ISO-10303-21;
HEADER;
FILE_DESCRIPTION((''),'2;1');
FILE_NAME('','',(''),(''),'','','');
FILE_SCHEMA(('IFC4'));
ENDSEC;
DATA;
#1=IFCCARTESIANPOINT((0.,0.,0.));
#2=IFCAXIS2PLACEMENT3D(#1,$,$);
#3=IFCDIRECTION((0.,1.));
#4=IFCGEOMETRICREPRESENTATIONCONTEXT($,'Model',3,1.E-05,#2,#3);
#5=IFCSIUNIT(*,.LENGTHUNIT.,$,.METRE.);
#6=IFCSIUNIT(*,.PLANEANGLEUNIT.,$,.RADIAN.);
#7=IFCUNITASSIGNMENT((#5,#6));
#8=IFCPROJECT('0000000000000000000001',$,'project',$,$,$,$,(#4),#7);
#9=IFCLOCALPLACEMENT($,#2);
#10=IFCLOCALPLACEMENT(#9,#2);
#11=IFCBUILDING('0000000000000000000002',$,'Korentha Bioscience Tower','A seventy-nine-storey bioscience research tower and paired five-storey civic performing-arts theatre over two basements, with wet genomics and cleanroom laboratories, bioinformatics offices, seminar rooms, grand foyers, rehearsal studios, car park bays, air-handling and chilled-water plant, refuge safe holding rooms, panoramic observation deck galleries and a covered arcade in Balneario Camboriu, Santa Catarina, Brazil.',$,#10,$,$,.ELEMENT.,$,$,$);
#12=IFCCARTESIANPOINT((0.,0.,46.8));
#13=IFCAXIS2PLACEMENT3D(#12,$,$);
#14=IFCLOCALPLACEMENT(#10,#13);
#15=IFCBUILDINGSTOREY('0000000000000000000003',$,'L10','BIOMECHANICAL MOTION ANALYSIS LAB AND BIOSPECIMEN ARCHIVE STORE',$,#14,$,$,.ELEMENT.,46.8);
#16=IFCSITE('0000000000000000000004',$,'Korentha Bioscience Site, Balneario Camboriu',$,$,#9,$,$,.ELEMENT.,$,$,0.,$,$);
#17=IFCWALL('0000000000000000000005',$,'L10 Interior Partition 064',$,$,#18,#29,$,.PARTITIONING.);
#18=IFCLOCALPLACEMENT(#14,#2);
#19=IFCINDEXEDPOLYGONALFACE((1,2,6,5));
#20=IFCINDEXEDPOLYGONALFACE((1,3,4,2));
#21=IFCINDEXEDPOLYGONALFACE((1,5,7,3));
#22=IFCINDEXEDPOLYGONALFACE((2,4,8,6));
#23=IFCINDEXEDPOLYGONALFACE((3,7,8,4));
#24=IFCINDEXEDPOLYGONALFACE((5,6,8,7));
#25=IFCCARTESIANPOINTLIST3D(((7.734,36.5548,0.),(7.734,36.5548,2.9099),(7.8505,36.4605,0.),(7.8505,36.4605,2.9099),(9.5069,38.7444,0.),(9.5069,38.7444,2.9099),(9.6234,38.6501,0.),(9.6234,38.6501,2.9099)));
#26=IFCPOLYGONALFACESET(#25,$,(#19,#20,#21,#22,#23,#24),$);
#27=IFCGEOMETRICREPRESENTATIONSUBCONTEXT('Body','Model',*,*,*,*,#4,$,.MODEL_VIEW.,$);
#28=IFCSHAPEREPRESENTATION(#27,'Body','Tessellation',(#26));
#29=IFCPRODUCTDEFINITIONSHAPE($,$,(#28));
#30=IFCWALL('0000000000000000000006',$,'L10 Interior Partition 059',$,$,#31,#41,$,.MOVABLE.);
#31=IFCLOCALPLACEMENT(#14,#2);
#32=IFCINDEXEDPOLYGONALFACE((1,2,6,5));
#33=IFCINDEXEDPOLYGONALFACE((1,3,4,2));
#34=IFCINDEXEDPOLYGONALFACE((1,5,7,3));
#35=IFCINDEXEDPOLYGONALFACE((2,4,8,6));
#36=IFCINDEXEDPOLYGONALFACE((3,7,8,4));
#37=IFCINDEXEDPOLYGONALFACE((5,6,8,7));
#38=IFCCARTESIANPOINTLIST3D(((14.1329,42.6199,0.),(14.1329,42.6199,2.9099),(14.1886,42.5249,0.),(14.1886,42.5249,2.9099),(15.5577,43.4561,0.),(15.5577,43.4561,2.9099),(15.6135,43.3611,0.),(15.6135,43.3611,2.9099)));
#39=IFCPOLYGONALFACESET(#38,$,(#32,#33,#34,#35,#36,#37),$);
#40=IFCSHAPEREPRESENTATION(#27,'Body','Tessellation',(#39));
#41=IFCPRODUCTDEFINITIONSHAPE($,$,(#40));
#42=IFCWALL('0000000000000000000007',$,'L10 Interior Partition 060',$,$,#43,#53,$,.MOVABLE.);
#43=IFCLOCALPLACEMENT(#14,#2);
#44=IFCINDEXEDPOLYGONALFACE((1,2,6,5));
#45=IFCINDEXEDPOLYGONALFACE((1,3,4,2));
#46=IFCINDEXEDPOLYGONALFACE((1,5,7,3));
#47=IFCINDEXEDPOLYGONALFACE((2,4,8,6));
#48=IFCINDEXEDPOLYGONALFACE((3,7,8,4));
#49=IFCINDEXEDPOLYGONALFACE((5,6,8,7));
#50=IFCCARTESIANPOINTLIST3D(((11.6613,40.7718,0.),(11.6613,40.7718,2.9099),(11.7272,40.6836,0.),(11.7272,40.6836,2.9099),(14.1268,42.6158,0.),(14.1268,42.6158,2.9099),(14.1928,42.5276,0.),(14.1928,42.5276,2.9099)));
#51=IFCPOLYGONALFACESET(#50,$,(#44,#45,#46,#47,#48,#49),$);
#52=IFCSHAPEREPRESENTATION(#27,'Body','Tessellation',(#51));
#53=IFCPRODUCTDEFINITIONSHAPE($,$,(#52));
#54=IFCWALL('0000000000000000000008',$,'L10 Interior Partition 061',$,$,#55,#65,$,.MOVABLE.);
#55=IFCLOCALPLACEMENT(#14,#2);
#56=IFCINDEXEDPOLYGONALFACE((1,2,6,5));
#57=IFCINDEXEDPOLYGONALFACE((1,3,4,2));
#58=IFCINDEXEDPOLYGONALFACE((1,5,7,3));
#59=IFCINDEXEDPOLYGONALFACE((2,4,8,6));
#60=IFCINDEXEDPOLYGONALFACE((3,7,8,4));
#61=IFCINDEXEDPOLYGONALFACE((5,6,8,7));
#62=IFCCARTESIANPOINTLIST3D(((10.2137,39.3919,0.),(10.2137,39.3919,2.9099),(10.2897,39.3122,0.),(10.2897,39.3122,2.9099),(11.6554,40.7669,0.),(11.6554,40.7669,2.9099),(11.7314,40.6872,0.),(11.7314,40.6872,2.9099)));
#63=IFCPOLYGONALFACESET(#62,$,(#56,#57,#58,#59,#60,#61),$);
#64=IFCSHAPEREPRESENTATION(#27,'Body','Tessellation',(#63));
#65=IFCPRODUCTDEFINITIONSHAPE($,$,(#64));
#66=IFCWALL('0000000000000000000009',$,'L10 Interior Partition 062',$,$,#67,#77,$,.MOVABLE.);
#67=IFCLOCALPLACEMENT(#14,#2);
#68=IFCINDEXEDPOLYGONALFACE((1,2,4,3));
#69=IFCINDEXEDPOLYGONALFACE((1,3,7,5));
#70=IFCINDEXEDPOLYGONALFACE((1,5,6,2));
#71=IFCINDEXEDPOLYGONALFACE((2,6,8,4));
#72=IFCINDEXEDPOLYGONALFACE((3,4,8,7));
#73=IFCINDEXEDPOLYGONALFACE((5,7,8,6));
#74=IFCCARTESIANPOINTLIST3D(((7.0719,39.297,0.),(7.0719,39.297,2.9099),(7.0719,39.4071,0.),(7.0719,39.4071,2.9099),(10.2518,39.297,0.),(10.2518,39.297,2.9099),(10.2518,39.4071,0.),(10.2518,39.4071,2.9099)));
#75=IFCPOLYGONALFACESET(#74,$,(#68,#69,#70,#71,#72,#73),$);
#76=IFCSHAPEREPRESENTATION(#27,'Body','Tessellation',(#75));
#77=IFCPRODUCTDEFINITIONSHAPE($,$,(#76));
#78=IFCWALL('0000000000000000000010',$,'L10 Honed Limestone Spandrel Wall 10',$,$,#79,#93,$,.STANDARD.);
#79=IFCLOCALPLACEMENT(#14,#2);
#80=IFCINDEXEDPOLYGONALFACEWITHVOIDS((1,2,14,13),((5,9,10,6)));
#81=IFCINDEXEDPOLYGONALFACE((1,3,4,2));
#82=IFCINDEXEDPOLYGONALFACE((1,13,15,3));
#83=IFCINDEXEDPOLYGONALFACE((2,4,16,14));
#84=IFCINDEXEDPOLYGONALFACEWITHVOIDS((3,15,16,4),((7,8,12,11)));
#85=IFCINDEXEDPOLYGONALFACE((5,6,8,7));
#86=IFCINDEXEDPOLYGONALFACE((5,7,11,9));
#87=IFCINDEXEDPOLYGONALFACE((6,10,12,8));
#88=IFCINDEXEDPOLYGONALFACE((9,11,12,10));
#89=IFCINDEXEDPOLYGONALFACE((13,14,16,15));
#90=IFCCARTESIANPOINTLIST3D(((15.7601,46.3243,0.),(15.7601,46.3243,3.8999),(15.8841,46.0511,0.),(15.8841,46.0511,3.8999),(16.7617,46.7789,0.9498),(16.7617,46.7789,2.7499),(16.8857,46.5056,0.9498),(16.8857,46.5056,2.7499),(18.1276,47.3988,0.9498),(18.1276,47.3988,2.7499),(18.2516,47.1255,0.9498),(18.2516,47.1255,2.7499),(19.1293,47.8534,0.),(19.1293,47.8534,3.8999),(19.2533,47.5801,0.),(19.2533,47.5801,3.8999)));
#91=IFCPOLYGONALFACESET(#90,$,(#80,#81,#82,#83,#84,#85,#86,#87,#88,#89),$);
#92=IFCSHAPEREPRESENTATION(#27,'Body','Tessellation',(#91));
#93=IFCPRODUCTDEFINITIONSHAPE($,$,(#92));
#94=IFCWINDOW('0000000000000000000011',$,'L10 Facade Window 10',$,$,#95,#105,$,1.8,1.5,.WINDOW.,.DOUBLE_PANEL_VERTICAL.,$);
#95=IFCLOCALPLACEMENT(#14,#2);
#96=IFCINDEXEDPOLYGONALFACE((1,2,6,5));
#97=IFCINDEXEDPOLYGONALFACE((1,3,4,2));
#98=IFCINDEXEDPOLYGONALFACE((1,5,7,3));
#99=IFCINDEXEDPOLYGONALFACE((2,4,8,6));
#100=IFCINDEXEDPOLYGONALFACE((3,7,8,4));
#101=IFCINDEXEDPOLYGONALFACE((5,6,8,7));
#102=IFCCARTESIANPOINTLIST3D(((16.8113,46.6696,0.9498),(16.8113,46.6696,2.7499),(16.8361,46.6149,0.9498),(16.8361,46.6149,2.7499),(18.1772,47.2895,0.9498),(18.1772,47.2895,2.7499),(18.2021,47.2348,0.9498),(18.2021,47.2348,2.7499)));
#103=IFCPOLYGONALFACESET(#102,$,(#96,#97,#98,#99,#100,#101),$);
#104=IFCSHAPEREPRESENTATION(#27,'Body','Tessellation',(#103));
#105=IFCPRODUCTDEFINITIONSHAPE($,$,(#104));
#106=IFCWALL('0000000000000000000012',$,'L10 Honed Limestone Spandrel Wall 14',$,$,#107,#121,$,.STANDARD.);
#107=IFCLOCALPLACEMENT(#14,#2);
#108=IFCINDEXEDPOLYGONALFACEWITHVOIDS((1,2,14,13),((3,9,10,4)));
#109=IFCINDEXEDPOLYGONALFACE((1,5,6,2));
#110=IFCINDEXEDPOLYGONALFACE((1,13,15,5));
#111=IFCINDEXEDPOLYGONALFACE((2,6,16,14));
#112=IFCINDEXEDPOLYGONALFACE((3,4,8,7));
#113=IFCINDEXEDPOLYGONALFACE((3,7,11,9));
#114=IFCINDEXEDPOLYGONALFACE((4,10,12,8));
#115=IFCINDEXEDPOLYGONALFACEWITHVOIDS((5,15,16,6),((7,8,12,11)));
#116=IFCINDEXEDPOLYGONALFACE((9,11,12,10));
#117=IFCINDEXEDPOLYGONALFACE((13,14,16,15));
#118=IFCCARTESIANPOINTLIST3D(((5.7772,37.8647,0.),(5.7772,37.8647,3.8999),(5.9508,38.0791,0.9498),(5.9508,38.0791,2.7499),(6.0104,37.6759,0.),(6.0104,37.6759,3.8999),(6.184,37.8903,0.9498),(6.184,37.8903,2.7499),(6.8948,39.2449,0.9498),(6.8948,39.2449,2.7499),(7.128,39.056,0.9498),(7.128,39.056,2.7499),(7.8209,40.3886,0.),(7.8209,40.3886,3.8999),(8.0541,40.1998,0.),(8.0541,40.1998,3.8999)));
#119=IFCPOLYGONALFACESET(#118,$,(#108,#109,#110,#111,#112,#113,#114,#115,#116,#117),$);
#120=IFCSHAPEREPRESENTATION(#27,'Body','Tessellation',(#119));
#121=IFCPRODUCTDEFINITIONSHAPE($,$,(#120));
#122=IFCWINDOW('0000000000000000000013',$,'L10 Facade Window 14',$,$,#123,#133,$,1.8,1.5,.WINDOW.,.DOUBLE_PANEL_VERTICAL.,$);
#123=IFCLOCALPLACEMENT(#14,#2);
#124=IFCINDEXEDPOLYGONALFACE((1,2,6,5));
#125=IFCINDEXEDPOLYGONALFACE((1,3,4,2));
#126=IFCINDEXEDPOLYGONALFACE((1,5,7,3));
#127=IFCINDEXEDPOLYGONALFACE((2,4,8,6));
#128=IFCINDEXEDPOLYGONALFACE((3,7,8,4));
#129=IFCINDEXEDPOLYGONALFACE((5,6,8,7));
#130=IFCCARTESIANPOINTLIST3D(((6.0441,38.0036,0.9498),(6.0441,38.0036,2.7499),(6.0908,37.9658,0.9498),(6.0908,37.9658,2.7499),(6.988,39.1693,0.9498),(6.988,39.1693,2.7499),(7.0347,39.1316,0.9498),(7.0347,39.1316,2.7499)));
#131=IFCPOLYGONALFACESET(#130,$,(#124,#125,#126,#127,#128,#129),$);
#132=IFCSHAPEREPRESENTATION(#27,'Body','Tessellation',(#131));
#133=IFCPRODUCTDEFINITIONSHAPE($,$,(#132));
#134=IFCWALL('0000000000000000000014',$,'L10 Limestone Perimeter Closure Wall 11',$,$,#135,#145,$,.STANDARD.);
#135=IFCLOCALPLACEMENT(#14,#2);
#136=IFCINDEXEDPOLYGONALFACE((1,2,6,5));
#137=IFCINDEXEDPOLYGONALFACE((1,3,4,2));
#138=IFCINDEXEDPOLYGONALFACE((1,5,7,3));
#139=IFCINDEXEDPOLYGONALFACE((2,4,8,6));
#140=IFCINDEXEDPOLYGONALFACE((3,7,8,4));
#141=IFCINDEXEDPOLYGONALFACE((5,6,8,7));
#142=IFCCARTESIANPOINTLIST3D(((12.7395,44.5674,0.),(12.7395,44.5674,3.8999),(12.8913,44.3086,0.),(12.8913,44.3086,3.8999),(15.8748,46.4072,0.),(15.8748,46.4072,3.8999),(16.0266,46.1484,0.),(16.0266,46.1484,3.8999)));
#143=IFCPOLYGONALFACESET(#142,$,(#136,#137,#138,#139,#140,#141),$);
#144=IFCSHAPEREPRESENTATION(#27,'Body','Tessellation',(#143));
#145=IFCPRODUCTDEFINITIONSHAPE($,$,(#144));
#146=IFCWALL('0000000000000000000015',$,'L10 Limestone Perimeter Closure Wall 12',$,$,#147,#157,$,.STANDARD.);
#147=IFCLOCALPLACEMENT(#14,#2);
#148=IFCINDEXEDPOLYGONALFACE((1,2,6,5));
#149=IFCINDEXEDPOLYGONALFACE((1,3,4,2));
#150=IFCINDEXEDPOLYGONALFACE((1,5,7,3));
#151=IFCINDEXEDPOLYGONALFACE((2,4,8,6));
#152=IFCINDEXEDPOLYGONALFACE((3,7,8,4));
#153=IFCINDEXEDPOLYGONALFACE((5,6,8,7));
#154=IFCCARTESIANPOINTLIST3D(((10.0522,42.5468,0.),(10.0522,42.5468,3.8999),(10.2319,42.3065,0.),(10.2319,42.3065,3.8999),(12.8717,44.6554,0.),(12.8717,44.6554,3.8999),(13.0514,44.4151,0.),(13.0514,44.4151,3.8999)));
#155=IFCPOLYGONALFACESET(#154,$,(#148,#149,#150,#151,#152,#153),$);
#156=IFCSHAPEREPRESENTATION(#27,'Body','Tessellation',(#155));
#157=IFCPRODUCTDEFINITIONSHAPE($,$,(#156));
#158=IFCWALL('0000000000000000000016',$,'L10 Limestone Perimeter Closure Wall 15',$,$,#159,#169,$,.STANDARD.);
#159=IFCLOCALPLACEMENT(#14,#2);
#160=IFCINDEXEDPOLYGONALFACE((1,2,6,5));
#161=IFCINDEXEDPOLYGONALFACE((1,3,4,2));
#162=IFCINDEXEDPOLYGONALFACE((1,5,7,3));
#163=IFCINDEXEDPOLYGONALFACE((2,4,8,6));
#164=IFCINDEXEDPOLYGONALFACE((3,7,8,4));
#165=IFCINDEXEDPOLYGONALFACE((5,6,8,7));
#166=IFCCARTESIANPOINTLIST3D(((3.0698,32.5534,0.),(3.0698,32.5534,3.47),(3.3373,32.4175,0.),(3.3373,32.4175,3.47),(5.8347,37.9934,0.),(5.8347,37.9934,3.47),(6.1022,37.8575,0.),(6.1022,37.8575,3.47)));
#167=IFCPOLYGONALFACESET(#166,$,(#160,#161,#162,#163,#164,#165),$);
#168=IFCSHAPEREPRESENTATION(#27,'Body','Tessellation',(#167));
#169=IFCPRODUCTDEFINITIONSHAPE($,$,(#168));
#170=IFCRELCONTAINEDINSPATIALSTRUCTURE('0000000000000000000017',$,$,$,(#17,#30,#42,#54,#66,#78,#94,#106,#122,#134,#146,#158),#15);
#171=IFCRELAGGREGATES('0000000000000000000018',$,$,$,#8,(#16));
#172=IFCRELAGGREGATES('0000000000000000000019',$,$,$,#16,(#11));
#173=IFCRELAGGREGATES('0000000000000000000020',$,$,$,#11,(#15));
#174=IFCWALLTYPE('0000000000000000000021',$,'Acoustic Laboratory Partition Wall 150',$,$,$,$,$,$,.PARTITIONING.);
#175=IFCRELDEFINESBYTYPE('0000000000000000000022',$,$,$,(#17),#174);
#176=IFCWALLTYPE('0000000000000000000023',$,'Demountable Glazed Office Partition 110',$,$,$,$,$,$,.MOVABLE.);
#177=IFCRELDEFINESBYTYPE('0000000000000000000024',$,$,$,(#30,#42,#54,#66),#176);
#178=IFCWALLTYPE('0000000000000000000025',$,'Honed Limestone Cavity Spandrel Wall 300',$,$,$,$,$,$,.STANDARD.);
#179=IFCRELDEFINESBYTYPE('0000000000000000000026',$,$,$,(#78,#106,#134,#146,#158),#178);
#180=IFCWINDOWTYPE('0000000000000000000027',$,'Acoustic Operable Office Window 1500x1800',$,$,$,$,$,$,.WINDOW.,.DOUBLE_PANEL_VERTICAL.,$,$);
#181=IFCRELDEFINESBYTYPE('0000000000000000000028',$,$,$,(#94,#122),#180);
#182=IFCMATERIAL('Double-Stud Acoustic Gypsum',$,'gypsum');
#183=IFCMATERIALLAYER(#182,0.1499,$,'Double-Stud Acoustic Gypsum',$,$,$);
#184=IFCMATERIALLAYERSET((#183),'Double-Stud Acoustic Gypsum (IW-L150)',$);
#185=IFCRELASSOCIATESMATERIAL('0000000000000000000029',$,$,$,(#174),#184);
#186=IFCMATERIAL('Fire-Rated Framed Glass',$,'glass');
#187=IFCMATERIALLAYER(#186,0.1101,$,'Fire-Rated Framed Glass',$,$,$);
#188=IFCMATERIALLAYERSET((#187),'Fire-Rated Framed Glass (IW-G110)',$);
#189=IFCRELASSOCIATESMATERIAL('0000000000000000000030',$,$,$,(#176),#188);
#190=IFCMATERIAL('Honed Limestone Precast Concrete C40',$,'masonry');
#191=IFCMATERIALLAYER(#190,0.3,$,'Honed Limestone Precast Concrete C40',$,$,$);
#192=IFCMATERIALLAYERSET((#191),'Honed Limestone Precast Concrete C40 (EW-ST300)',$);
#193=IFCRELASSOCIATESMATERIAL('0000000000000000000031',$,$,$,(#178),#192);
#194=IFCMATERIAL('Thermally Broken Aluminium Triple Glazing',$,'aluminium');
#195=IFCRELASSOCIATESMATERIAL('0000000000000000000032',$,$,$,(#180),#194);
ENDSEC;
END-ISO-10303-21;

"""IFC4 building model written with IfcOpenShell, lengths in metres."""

from ifc_helpers import new_model, si_unit, direction, frame, frame_2d, origin, place, context, subcontext, project, spatial, rectangle, extrude, material, layer, layer_set, type_object, element, fill, save


model = new_model("IFC4")

# Units and contexts
model_context = context("Model", 3, precision=1e-05, world=origin(), true_north=direction((0.0, 1.0)))
body_context = subcontext(model_context, "Body", "Model", "MODEL_VIEW")
ifc_project = project(units=[si_unit("LENGTHUNIT", "METRE"), si_unit("PLANEANGLEUNIT", "RADIAN")], contexts=[model_context])

# Site, building, storey
site_placement = place(None, origin())
site = spatial("IfcSite", under=ifc_project, at=site_placement, Name="Korentha Bioscience Site, Balneario Camboriu", CompositionType="ELEMENT", RefElevation=0.0)
building_placement = place(site_placement, origin())
building = spatial("IfcBuilding", under=site, at=building_placement, Name="Korentha Bioscience Tower", Description="A seventy-nine-storey bioscience research tower and paired five-storey civic performing-arts theatre over two basements, with wet genomics and cleanroom laboratories, bioinformatics offices, seminar rooms, grand foyers, rehearsal studios, car park bays, air-handling and chilled-water plant, refuge safe holding rooms, panoramic observation deck galleries and a covered arcade in Balneario Camboriu, Santa Catarina, Brazil.", CompositionType="ELEMENT")
storey_placement = place(building_placement, frame((0.0, 0.0, 46.8)))
storey = spatial("IfcBuildingStorey", under=building, at=storey_placement, Name="L10", Description="BIOMECHANICAL MOTION ANALYSIS LAB AND BIOSPECIMEN ARCHIVE STORE", CompositionType="ELEMENT", Elevation=46.8)

# Shared definitions
ifc_material_1 = material(Name="Double-Stud Acoustic Gypsum", Category="gypsum")
ifc_layer_1 = layer(ifc_material_1, 0.1499, Name="Double-Stud Acoustic Gypsum")
ifc_layer_set_1 = layer_set([ifc_layer_1], Name="Double-Stud Acoustic Gypsum (IW-L150)")
wall_type_1 = type_object("IfcWallType", Name="Acoustic Laboratory Partition Wall 150", PredefinedType="PARTITIONING", material=ifc_layer_set_1)

# Walls
wall_1_placement = place(storey_placement, frame((9.5652, 38.6973, 0.0), z_axis=(0.0, 0.0, 1.0), x_axis=(-0.629271, -0.777186, 0.0)))
element("IfcWall", 1, at=wall_1_placement, inside=storey, type_object=wall_type_1, Name="L10 Interior Partition 064", PredefinedType="PARTITIONING", context=body_context, shape_type="SweptSolid", body=[
    extrude(rectangle(XDim=2.8174, YDim=0.1499, at=frame_2d((1.4087, 0.0))), origin(), (0.0, 0.0, 1.0), 2.9099),
])
ifc_material_2 = material(Name="Fire-Rated Framed Glass", Category="glass")
ifc_layer_2 = layer(ifc_material_2, 0.1101, Name="Fire-Rated Framed Glass")
ifc_layer_set_2 = layer_set([ifc_layer_2], Name="Fire-Rated Framed Glass (IW-G110)")
wall_type_2 = type_object("IfcWallType", Name="Demountable Glazed Office Partition 110", PredefinedType="MOVABLE", material=ifc_layer_set_2)
wall_2_placement = place(storey_placement, frame((15.5857, 43.4087, 0.0), z_axis=(0.0, 0.0, 1.0), x_axis=(-0.862447, -0.506148, 0.0)))
element("IfcWall", 2, at=wall_2_placement, inside=storey, type_object=wall_type_2, Name="L10 Interior Partition 059", PredefinedType="MOVABLE", context=body_context, shape_type="SweptSolid", body=[
    extrude(rectangle(XDim=1.6521, YDim=0.1101, at=frame_2d((0.8262, 0.0))), origin(), (0.0, 0.0, 1.0), 2.9099),
])
wall_3_placement = place(storey_placement, frame((14.1599, 42.5718, 0.0), z_axis=(0.0, 0.0, 1.0), x_axis=(-0.800808, -0.598921, 0.0)))
element("IfcWall", 3, at=wall_3_placement, inside=storey, type_object=wall_type_2, Name="L10 Interior Partition 060", PredefinedType="MOVABLE", context=body_context, shape_type="SweptSolid", body=[
    extrude(rectangle(XDim=3.0789, YDim=0.1101, at=frame_2d((1.5396, 0.0))), origin(), (0.0, 0.0, 1.0), 2.9099),
])
wall_4_placement = place(storey_placement, frame((11.6934, 40.7271, 0.0), z_axis=(0.0, 0.0, 1.0), x_axis=(-0.723636, -0.690181, 0.0)))
element("IfcWall", 4, at=wall_4_placement, inside=storey, type_object=wall_type_2, Name="L10 Interior Partition 061", PredefinedType="MOVABLE", context=body_context, shape_type="SweptSolid", body=[
    extrude(rectangle(XDim=1.9922, YDim=0.1101, at=frame_2d((0.9961, 0.0))), origin(), (0.0, 0.0, 1.0), 2.9099),
])
wall_5_placement = place(storey_placement, frame((10.2517, 39.3521, 0.0), z_axis=(0.0, 0.0, 1.0), x_axis=(-1.0, 0.0, 0.0)))
element("IfcWall", 5, at=wall_5_placement, inside=storey, type_object=wall_type_2, Name="L10 Interior Partition 062", PredefinedType="MOVABLE", context=body_context, shape_type="SweptSolid", body=[
    extrude(rectangle(XDim=3.1799, YDim=0.1101, at=frame_2d((1.5898, 0.0))), origin(), (0.0, 0.0, 1.0), 2.9099),
])

# Wall, opening, window
ifc_material_3 = material(Name="Honed Limestone Precast Concrete C40", Category="masonry")
ifc_layer_3 = layer(ifc_material_3, 0.3, Name="Honed Limestone Precast Concrete C40")
ifc_layer_set_3 = layer_set([ifc_layer_3], Name="Honed Limestone Precast Concrete C40 (EW-ST300)")
wall_type_3 = type_object("IfcWallType", Name="Honed Limestone Cavity Spandrel Wall 300", PredefinedType="STANDARD", material=ifc_layer_set_3)
wall_6_placement = place(storey_placement, frame((19.1914, 47.7168, 0.0), z_axis=(0.0, 0.0, 1.0), x_axis=(-0.910608, -0.413271, 0.0)))
wall_6 = element("IfcWall", 6, at=wall_6_placement, inside=storey, type_object=wall_type_3, Name="L10 Honed Limestone Spandrel Wall 10", PredefinedType="STANDARD", context=body_context, shape_type="SweptSolid", body=[
    extrude(rectangle(XDim=3.7, YDim=0.3, at=frame_2d((1.8501, 0.0))), origin(), (0.0, 0.0, 1.0), 3.8999),
])
opening_1_placement = place(wall_6_placement, frame((1.1001, 0.0, 0.95)))
opening_1 = element("IfcOpeningElement", 7, at=opening_1_placement, cuts=wall_6, PredefinedType="OPENING", context=body_context, shape_type="SweptSolid", body=[
    extrude(rectangle(XDim=1.5, YDim=1.8, at=frame_2d((0.75, 0.8999))), frame((0.0, 0.165, 0.0), z_axis=(0.0, -1.0, 0.0), x_axis=(1.0, 0.0, 0.0)), (0.0, 0.0, 1.0), 0.3298),
])
ifc_material_4 = material(Name="Thermally Broken Aluminium Triple Glazing", Category="aluminium")
window_type = type_object("IfcWindowType", Name="Acoustic Operable Office Window 1500x1800", PartitioningType="DOUBLE_PANEL_VERTICAL", PredefinedType="WINDOW", material=ifc_material_4)
window_1_placement = place(opening_1_placement, origin())
window_1 = element("IfcWindow", 8, at=window_1_placement, inside=storey, type_object=window_type, Name="L10 Facade Window 10", OverallHeight=1.8, OverallWidth=1.5, PartitioningType="DOUBLE_PANEL_VERTICAL", PredefinedType="WINDOW", context=body_context, shape_type="SweptSolid", body=[
    extrude(rectangle(XDim=1.5, YDim=1.8, at=frame_2d((0.75, 0.8999))), frame((0.0, 0.03, 0.0), z_axis=(0.0, -1.0, 0.0), x_axis=(1.0, 0.0, 0.0)), (0.0, 0.0, 1.0), 0.0601),
])
fill(opening_1, window_1)

# Wall, opening, window
wall_7_placement = place(storey_placement, frame((7.9375, 40.2942, 0.0), z_axis=(0.0, 0.0, 1.0), x_axis=(-0.629296, -0.777166, 0.0)))
wall_7 = element("IfcWall", 9, at=wall_7_placement, inside=storey, type_object=wall_type_3, Name="L10 Honed Limestone Spandrel Wall 14", PredefinedType="STANDARD", context=body_context, shape_type="SweptSolid", body=[
    extrude(rectangle(XDim=3.2476, YDim=0.3, at=frame_2d((1.6238, 0.0))), origin(), (0.0, 0.0, 1.0), 3.8999),
])
opening_2_placement = place(wall_7_placement, frame((1.4717, 0.0, 0.95)))
opening_2 = element("IfcOpeningElement", 10, at=opening_2_placement, cuts=wall_7, PredefinedType="OPENING", context=body_context, shape_type="SweptSolid", body=[
    extrude(rectangle(XDim=1.5, YDim=1.8, at=frame_2d((0.75, 0.8999))), frame((0.0, 0.165, 0.0), z_axis=(0.0, -1.0, 0.0), x_axis=(1.0, 0.0, 0.0)), (0.0, 0.0, 1.0), 0.3298),
])
window_2_placement = place(opening_2_placement, origin())
window_2 = element("IfcWindow", 11, at=window_2_placement, inside=storey, type_object=window_type, Name="L10 Facade Window 14", OverallHeight=1.8, OverallWidth=1.5, PartitioningType="DOUBLE_PANEL_VERTICAL", PredefinedType="WINDOW", context=body_context, shape_type="SweptSolid", body=[
    extrude(rectangle(XDim=1.5, YDim=1.8, at=frame_2d((0.75, 0.8999))), frame((0.0, 0.03, 0.0), z_axis=(0.0, -1.0, 0.0), x_axis=(1.0, 0.0, 0.0)), (0.0, 0.0, 1.0), 0.0601),
])
fill(opening_2, window_2)

# Walls
wall_8_placement = place(storey_placement, frame((15.9507, 46.2778, 0.0), z_axis=(0.0, 0.0, 1.0), x_axis=(-0.862465, -0.506116, 0.0)))
element("IfcWall", 12, at=wall_8_placement, inside=storey, type_object=wall_type_3, Name="L10 Limestone Perimeter Closure Wall 11", PredefinedType="STANDARD", context=body_context, shape_type="SweptSolid", body=[
    extrude(rectangle(XDim=3.6353, YDim=0.3, at=frame_2d((1.8176, 0.0))), origin(), (0.0, 0.0, 1.0), 3.8999),
])
wall_9_placement = place(storey_placement, frame((12.9614, 44.5352, 0.0), z_axis=(0.0, 0.0, 1.0), x_axis=(-0.800823, -0.598901, 0.0)))
element("IfcWall", 13, at=wall_9_placement, inside=storey, type_object=wall_type_3, Name="L10 Limestone Perimeter Closure Wall 12", PredefinedType="STANDARD", context=body_context, shape_type="SweptSolid", body=[
    extrude(rectangle(XDim=3.5208, YDim=0.3, at=frame_2d((1.7603, 0.0))), origin(), (0.0, 0.0, 1.0), 3.8999),
])
wall_10_placement = place(storey_placement, frame((5.9685, 37.9255, 0.0), z_axis=(0.0, 0.0, 1.0), x_axis=(-0.453093, -0.891463, 0.0)))
element("IfcWall", 14, at=wall_10_placement, inside=storey, type_object=wall_type_3, Name="L10 Limestone Perimeter Closure Wall 15", PredefinedType="STANDARD", context=body_context, shape_type="SweptSolid", body=[
    extrude(rectangle(XDim=6.1023, YDim=0.3, at=frame_2d((3.0513, 0.0))), origin(), (0.0, 0.0, 1.0), 3.47),
])

save(model, "model.ifc")
